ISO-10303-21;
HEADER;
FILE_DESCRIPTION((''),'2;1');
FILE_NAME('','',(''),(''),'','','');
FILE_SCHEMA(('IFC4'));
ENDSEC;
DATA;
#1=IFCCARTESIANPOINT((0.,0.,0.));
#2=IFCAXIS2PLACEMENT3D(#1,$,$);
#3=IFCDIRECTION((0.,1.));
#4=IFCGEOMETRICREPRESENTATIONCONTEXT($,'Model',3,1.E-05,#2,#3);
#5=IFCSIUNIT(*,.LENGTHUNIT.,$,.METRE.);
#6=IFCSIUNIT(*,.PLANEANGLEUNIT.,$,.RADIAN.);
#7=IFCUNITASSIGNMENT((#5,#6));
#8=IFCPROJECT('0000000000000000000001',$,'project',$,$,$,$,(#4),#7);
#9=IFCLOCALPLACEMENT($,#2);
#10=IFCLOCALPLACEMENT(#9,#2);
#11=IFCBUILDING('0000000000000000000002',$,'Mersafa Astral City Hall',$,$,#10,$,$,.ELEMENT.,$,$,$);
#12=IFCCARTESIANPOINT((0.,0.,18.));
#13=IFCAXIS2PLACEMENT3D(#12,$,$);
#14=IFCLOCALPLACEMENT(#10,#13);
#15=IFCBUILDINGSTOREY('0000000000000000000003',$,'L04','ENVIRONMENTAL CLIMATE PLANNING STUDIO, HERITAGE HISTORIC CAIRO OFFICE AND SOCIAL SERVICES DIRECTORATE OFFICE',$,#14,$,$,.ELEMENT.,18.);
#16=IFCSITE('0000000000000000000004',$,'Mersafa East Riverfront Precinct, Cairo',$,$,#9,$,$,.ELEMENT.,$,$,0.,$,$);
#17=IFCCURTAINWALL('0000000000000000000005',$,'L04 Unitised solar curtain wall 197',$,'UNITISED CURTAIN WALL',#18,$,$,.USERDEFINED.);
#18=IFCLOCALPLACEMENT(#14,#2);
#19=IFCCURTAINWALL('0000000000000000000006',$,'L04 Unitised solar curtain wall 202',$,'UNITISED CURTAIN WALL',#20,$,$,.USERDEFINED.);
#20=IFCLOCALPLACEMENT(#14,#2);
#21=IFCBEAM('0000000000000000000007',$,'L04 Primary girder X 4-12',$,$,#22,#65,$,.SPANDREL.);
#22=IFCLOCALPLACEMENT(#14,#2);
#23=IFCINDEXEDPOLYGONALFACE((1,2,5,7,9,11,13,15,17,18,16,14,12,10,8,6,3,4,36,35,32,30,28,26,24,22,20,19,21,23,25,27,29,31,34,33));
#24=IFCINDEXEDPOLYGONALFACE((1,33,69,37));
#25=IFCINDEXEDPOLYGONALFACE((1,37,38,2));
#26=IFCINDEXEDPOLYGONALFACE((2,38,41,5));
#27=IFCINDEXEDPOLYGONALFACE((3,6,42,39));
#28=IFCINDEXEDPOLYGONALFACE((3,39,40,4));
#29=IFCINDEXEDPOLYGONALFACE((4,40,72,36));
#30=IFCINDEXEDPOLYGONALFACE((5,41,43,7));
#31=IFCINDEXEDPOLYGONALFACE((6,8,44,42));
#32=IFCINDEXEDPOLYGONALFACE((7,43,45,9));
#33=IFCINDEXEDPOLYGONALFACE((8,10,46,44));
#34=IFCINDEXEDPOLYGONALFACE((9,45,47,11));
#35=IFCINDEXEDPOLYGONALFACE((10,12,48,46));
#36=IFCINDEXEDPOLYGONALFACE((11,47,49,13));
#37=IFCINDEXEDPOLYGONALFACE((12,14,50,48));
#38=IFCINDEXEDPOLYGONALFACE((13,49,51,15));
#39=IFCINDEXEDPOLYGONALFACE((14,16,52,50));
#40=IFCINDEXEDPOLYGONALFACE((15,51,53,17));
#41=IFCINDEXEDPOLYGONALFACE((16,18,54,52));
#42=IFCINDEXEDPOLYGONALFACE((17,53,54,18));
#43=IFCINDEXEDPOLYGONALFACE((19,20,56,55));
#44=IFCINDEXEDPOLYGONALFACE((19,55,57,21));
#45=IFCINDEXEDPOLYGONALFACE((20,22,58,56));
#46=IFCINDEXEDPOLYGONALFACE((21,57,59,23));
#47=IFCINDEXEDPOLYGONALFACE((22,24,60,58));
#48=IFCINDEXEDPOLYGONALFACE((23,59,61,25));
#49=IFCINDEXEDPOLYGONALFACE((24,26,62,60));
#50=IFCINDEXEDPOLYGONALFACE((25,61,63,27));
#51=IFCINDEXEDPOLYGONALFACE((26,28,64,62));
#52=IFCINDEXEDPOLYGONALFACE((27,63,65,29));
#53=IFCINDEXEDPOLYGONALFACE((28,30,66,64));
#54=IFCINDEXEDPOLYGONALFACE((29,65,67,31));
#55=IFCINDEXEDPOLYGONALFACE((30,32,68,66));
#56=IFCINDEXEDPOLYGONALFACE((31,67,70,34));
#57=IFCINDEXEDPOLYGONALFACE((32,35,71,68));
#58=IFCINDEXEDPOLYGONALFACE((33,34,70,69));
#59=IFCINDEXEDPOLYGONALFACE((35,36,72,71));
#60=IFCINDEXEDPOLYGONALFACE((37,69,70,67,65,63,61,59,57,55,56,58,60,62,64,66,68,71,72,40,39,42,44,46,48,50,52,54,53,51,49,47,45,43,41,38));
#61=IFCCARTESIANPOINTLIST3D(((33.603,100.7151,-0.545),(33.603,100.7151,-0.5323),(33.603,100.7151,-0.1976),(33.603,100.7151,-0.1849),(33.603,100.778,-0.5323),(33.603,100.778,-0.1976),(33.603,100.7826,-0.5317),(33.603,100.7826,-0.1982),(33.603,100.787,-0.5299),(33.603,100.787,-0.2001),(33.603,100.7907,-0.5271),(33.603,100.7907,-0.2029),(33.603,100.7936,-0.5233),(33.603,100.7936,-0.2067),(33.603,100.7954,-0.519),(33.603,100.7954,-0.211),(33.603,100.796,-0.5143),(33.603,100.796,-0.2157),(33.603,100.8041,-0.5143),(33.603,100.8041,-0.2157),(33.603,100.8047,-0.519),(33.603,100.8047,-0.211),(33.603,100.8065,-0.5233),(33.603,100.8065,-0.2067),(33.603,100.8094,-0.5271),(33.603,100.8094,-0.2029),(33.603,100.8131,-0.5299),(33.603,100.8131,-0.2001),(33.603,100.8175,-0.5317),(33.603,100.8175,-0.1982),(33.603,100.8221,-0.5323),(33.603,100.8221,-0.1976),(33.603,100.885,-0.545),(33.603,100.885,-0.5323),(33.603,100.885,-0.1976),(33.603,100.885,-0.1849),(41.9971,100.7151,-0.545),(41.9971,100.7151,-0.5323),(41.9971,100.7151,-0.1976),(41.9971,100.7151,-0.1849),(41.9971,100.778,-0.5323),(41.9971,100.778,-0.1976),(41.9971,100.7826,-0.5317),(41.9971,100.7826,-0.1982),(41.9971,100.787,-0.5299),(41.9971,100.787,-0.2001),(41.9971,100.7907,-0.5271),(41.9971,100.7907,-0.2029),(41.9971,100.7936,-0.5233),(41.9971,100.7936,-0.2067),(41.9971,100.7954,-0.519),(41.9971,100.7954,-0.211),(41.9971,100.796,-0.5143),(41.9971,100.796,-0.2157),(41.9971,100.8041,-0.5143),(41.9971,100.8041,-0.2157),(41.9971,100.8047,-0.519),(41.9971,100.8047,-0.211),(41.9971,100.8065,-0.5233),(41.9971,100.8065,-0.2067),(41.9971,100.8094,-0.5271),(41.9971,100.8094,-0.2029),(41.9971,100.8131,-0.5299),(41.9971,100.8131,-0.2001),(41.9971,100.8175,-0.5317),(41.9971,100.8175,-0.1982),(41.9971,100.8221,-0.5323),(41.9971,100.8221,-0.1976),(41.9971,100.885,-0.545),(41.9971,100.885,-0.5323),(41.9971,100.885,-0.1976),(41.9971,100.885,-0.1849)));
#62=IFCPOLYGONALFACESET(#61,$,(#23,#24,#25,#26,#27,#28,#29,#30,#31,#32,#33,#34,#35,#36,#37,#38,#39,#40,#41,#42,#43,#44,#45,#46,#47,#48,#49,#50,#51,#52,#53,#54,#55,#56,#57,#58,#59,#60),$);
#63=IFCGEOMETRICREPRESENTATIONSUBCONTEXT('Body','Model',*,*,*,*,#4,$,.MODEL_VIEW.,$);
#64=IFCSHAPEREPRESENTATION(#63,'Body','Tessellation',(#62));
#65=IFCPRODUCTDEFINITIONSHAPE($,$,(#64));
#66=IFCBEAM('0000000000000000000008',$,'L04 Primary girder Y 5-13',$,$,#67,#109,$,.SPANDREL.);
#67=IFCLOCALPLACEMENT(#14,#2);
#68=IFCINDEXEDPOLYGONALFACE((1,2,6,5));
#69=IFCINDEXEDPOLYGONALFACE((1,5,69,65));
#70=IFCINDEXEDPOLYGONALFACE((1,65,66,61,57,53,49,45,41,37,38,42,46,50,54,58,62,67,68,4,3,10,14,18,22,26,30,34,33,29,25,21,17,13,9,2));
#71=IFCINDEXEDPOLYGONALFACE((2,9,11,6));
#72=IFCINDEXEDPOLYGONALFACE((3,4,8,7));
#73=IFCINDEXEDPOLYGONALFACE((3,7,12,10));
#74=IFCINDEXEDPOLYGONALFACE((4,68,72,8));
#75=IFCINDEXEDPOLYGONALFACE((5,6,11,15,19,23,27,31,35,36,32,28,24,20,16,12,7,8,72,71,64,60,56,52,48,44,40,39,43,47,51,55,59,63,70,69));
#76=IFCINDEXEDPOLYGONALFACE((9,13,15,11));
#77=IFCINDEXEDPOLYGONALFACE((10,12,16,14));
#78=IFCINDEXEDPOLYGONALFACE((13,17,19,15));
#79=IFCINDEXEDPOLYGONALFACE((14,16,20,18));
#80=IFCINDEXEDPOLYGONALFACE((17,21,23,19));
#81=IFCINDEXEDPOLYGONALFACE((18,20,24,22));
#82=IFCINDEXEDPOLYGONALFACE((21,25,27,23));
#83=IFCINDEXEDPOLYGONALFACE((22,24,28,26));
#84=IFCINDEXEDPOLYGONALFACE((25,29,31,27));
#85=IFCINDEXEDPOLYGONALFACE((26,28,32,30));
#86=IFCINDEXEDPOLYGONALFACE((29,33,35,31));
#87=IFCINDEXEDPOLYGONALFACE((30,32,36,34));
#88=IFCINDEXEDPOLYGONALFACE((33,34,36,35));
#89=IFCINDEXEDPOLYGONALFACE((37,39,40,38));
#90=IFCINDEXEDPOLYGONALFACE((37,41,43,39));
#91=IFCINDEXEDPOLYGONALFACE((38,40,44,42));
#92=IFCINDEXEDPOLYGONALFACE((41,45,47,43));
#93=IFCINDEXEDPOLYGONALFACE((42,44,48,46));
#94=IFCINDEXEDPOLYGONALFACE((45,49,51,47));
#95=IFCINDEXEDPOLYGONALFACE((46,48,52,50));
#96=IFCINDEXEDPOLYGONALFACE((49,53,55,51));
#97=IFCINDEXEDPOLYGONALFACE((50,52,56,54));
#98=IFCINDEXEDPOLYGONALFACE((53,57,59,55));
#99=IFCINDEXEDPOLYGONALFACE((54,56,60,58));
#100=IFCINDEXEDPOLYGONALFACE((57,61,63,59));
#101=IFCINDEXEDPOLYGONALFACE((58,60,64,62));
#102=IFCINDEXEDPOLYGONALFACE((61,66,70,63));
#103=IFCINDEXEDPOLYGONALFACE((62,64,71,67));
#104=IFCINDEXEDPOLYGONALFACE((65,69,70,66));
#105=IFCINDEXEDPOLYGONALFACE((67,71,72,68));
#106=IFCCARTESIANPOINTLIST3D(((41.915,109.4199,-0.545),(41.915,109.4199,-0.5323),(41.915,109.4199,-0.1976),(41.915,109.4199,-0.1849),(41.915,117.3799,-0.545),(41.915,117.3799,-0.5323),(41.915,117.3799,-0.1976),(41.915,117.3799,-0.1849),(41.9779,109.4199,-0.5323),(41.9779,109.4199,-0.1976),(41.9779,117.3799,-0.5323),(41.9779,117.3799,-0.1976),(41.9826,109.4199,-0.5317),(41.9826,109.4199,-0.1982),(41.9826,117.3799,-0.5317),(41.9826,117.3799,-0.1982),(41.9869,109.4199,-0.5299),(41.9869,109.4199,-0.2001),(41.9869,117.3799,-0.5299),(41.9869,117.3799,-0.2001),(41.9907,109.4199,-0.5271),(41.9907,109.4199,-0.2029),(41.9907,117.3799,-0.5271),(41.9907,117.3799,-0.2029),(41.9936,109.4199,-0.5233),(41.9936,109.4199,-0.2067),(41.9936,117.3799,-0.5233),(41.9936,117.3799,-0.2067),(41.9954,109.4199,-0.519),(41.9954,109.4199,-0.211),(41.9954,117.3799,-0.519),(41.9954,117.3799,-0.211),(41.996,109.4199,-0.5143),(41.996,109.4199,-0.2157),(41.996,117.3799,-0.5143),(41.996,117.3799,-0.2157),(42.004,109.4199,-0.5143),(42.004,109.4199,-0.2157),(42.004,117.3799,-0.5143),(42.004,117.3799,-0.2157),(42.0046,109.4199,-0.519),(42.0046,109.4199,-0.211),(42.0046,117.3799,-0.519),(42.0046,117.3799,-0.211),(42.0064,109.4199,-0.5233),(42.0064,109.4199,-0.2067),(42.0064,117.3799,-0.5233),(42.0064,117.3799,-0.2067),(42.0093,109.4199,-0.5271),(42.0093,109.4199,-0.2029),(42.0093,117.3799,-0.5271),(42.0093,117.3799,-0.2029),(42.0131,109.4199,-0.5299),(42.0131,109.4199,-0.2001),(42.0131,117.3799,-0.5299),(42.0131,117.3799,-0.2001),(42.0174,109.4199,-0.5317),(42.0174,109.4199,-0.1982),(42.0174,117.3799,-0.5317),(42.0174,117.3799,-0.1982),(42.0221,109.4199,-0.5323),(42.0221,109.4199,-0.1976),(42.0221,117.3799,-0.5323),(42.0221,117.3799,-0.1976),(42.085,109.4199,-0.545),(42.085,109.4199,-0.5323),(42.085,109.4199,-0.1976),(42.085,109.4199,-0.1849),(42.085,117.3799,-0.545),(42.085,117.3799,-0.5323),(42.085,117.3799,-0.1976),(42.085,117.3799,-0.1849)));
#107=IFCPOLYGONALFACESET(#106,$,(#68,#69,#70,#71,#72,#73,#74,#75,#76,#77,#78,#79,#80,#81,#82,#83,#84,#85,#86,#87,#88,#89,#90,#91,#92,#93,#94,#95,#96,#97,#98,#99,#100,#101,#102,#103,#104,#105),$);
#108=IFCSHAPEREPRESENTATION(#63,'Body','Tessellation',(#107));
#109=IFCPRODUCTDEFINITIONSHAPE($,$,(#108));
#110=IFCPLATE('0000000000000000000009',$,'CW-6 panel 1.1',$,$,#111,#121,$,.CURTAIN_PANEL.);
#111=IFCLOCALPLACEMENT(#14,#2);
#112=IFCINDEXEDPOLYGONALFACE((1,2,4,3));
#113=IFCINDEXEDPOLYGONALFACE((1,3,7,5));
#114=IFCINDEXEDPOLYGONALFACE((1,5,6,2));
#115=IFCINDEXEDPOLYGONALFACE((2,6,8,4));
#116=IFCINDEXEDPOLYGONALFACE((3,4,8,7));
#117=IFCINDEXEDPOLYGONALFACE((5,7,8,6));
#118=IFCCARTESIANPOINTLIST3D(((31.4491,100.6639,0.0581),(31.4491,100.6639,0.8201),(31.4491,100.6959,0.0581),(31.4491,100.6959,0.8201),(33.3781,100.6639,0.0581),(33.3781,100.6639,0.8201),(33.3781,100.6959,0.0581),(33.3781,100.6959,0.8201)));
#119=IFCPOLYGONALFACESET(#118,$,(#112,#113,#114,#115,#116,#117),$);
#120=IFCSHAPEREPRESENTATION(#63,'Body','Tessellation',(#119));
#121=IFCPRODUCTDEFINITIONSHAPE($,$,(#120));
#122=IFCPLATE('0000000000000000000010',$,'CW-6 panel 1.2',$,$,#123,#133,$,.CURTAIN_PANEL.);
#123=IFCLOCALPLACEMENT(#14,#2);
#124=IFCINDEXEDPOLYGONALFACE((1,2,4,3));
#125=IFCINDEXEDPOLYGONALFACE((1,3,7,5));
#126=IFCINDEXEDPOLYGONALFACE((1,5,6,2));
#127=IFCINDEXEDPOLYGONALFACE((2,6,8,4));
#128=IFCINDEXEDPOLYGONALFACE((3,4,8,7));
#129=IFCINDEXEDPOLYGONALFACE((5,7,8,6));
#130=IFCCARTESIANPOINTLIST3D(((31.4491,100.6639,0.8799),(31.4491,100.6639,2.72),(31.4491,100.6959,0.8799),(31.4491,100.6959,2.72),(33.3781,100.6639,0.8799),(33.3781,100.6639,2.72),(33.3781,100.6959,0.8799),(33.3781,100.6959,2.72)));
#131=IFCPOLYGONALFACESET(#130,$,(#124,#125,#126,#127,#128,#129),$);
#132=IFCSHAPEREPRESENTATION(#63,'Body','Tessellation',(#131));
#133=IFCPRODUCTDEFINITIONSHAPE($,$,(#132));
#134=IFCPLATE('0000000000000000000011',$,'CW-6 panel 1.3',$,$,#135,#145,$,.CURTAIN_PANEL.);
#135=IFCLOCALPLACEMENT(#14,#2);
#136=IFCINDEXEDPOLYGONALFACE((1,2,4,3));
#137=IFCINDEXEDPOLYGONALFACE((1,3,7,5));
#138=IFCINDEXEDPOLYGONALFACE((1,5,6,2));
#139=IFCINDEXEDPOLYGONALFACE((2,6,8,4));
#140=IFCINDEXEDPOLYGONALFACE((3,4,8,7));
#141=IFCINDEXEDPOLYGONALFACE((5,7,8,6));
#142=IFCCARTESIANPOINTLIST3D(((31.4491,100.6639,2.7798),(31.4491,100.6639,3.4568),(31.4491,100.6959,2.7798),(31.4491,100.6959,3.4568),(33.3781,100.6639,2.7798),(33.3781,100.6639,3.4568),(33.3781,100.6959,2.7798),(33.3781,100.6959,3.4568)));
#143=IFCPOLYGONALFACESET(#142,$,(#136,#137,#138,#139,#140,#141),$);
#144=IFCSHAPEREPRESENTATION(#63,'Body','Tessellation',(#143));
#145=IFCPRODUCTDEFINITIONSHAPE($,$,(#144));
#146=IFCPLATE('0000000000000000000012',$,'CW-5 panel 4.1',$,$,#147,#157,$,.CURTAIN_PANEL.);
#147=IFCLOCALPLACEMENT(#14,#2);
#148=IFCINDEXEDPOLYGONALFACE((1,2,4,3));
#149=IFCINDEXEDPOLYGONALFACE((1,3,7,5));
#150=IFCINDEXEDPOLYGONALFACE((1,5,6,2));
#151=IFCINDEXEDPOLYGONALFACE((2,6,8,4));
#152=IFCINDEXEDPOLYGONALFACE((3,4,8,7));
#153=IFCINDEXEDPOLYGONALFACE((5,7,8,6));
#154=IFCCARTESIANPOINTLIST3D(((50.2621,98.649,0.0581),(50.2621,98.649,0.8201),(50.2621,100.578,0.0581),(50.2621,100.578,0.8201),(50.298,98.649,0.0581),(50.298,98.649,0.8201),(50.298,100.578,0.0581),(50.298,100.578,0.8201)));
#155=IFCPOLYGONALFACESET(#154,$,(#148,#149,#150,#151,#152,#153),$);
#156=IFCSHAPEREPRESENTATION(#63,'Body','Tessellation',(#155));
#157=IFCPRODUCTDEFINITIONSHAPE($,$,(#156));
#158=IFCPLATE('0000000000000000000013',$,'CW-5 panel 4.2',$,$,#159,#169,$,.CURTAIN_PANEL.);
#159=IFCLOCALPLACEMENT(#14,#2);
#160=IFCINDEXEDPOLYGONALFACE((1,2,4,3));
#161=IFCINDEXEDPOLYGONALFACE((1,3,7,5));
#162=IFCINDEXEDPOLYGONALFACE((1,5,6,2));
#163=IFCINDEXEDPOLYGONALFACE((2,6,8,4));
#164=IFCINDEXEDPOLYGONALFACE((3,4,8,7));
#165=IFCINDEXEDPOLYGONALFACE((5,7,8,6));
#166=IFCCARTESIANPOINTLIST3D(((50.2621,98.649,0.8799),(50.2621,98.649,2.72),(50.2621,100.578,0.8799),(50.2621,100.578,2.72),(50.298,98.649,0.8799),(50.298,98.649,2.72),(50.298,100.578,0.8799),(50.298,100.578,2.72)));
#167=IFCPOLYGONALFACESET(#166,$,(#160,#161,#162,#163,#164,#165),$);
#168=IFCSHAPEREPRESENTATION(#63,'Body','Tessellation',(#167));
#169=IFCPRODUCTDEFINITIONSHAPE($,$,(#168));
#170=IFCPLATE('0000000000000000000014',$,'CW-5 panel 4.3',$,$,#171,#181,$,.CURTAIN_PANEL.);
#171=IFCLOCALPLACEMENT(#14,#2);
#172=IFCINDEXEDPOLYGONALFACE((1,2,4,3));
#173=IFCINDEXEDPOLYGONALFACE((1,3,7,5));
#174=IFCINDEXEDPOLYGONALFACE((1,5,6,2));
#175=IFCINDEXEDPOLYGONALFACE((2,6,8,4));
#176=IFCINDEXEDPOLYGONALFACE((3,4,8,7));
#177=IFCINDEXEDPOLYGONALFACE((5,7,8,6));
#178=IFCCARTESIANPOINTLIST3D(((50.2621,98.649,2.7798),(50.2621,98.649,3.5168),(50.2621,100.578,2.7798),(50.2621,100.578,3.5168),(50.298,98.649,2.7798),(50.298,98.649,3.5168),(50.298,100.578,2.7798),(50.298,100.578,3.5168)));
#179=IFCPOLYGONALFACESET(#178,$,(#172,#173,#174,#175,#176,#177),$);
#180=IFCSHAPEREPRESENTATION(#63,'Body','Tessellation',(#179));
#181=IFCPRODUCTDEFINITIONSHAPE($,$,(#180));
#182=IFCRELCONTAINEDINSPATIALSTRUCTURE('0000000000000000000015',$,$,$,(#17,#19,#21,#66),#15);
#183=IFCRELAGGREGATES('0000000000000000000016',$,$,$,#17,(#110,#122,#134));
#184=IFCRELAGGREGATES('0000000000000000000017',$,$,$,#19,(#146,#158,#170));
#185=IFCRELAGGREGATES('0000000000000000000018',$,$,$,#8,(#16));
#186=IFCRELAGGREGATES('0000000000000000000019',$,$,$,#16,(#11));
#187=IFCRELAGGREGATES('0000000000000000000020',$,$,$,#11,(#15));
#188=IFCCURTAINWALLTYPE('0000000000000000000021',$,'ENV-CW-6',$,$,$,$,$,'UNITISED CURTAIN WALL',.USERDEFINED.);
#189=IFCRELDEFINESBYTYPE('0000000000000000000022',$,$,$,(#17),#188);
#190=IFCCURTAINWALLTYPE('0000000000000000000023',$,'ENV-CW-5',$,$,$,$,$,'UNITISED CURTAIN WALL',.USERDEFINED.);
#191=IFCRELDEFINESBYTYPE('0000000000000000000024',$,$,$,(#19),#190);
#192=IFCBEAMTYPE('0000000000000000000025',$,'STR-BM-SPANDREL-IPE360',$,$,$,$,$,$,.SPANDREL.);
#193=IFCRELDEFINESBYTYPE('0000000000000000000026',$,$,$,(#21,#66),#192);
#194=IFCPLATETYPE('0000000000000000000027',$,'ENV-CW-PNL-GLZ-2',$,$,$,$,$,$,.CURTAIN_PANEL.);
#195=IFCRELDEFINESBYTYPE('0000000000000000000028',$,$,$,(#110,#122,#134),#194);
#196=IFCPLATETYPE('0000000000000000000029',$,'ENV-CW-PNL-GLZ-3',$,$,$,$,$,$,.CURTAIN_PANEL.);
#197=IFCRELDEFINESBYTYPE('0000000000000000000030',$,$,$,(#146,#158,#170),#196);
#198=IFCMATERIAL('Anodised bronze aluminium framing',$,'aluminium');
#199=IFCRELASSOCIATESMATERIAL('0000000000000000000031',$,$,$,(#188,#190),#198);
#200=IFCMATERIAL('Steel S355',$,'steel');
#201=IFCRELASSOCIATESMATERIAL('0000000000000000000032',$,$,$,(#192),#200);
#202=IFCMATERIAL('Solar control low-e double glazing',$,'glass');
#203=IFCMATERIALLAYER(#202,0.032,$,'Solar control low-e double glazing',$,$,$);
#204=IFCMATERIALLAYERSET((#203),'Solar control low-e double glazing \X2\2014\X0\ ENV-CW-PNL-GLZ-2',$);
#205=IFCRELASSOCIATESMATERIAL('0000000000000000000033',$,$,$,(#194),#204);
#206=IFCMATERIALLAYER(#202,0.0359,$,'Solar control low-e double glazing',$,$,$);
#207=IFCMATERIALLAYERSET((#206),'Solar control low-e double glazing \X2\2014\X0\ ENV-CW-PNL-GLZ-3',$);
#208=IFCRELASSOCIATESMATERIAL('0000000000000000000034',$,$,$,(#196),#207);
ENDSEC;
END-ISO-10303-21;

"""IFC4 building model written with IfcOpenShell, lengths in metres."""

from ifc_helpers import new_model, si_unit, direction, frame, origin, origin_2d, place, context, subcontext, project, spatial, rectangle, i_section, extrude, material, layer, layer_set, material_profile, profile_set, type_object, element, aggregate, save


model = new_model("IFC4")

# Units and contexts
model_context = context("Model", 3, precision=1e-05, world=origin(), true_north=direction((0.0, 1.0)))
body_context = subcontext(model_context, "Body", "Model", "MODEL_VIEW")
ifc_project = project(units=[si_unit("LENGTHUNIT", "METRE"), si_unit("PLANEANGLEUNIT", "RADIAN")], contexts=[model_context])

# Site, building, storey
site_placement = place(None, origin())
site = spatial("IfcSite", under=ifc_project, at=site_placement, Name="Mersafa East Riverfront Precinct, Cairo", CompositionType="ELEMENT", RefElevation=0.0)
building_placement = place(site_placement, origin())
building = spatial("IfcBuilding", under=site, at=building_placement, Name="Mersafa Astral City Hall", CompositionType="ELEMENT")
storey_placement = place(building_placement, frame((0.0, 0.0, 18.0)))
storey = spatial("IfcBuildingStorey", under=building, at=storey_placement, Name="L04", Description="ENVIRONMENTAL CLIMATE PLANNING STUDIO, HERITAGE HISTORIC CAIRO OFFICE AND SOCIAL SERVICES DIRECTORATE OFFICE", CompositionType="ELEMENT", Elevation=18.0)

# Shared definitions
ifc_material_1 = material(Name="Steel S355", Category="steel")

# Curtain wall
ifc_material_2 = material(Name="Anodised bronze aluminium framing", Category="aluminium")
curtain_wall_type_1 = type_object("IfcCurtainWallType", Name="ENV-CW-6", ElementType="UNITISED CURTAIN WALL", PredefinedType="USERDEFINED", material=ifc_material_2)
curtain_wall_1_placement = place(storey_placement, origin())
curtain_wall_1 = element("IfcCurtainWall", 1, at=curtain_wall_1_placement, inside=storey, type_object=curtain_wall_type_1, Name="L04 Unitised solar curtain wall 197", ObjectType="UNITISED CURTAIN WALL", PredefinedType="USERDEFINED")

# Curtain wall
curtain_wall_type_2 = type_object("IfcCurtainWallType", Name="ENV-CW-5", ElementType="UNITISED CURTAIN WALL", PredefinedType="USERDEFINED", material=ifc_material_2)
curtain_wall_2_placement = place(storey_placement, origin())
curtain_wall_2 = element("IfcCurtainWall", 2, at=curtain_wall_2_placement, inside=storey, type_object=curtain_wall_type_2, Name="L04 Unitised solar curtain wall 202", ObjectType="UNITISED CURTAIN WALL", PredefinedType="USERDEFINED")

# Beams
ifc_material_profile_1 = material_profile(ifc_material_1, i_section(OverallWidth=0.1699, OverallDepth=0.3601, WebThickness=0.0081, FlangeThickness=0.0127, FilletRadius=0.0181, at=origin_2d()), Name="IPE 360")
ifc_profile_set_1 = profile_set([ifc_material_profile_1], Name="Steel S355")
beam_type_1 = type_object("IfcBeamType", Name="STR-BM-SPANDREL-IPE360", PredefinedType="SPANDREL", material=ifc_profile_set_1)
beam_1_placement = place(storey_placement, frame((33.603, 100.8, -0.365), z_axis=(1.0, 0.0, 0.0), x_axis=(0.0, 1.0, 0.0)))
element("IfcBeam", 3, at=beam_1_placement, inside=storey, type_object=beam_type_1, Name="L04 Primary girder X 4-12", PredefinedType="SPANDREL", context=body_context, shape_type="SweptSolid", body=[
    extrude(i_section(OverallWidth=0.1699, OverallDepth=0.3601, WebThickness=0.0081, FlangeThickness=0.0127, FilletRadius=0.0181, at=origin_2d()), origin(), (0.0, 0.0, 1.0), 8.394),
])
beam_2_placement = place(storey_placement, frame((42.0, 109.4199, -0.365), z_axis=(0.0, 1.0, 0.0), x_axis=(-1.0, 0.0, 0.0)))
element("IfcBeam", 4, at=beam_2_placement, inside=storey, type_object=beam_type_1, Name="L04 Primary girder Y 5-13", PredefinedType="SPANDREL", context=body_context, shape_type="SweptSolid", body=[
    extrude(i_section(OverallWidth=0.1699, OverallDepth=0.3601, WebThickness=0.0081, FlangeThickness=0.0127, FilletRadius=0.0181, at=origin_2d()), origin(), (0.0, 0.0, 1.0), 7.96),
])

# Plates
ifc_material_3 = material(Name="Solar control low-e double glazing", Category="glass")
ifc_layer_1 = layer(ifc_material_3, 0.032, Name="Solar control low-e double glazing")
ifc_layer_set_1 = layer_set([ifc_layer_1], Name="Solar control low-e double glazing — ENV-CW-PNL-GLZ-2")
plate_type_1 = type_object("IfcPlateType", Name="ENV-CW-PNL-GLZ-2", PredefinedType="CURTAIN_PANEL", material=ifc_layer_set_1)
plate_1_placement = place(storey_placement, frame((32.4136, 100.6799, 0.0581), z_axis=(0.0, 0.0, 1.0), x_axis=(-1.0, 0.0, 0.0)))
plate_1 = element("IfcPlate", 5, at=plate_1_placement, type_object=plate_type_1, Name="CW-6 panel 1.1", PredefinedType="CURTAIN_PANEL", context=body_context, shape_type="SweptSolid", body=[
    extrude(rectangle(XDim=1.929, YDim=0.032, at=origin_2d()), origin(), (0.0, 0.0, 1.0), 0.762),
])
plate_2_placement = place(storey_placement, frame((32.4136, 100.6799, 0.8799), z_axis=(0.0, 0.0, 1.0), x_axis=(-1.0, 0.0, 0.0)))
plate_2 = element("IfcPlate", 6, at=plate_2_placement, type_object=plate_type_1, Name="CW-6 panel 1.2", PredefinedType="CURTAIN_PANEL", context=body_context, shape_type="SweptSolid", body=[
    extrude(rectangle(XDim=1.929, YDim=0.032, at=origin_2d()), origin(), (0.0, 0.0, 1.0), 1.8401),
])
plate_3_placement = place(storey_placement, frame((32.4136, 100.6799, 2.7798), z_axis=(0.0, 0.0, 1.0), x_axis=(-1.0, 0.0, 0.0)))
plate_3 = element("IfcPlate", 7, at=plate_3_placement, type_object=plate_type_1, Name="CW-6 panel 1.3", PredefinedType="CURTAIN_PANEL", context=body_context, shape_type="SweptSolid", body=[
    extrude(rectangle(XDim=1.929, YDim=0.032, at=origin_2d()), origin(), (0.0, 0.0, 1.0), 0.677),
])
aggregate(curtain_wall_1, [plate_1, plate_2, plate_3])
ifc_layer_2 = layer(ifc_material_3, 0.0359, Name="Solar control low-e double glazing")
ifc_layer_set_2 = layer_set([ifc_layer_2], Name="Solar control low-e double glazing — ENV-CW-PNL-GLZ-3")
plate_type_2 = type_object("IfcPlateType", Name="ENV-CW-PNL-GLZ-3", PredefinedType="CURTAIN_PANEL", material=ifc_layer_set_2)
plate_4_placement = place(storey_placement, frame((50.28, 99.6135, 0.0581), z_axis=(0.0, 0.0, 1.0), x_axis=(0.0, 1.0, 0.0)))
plate_4 = element("IfcPlate", 8, at=plate_4_placement, type_object=plate_type_2, Name="CW-5 panel 4.1", PredefinedType="CURTAIN_PANEL", context=body_context, shape_type="SweptSolid", body=[
    extrude(rectangle(XDim=1.929, YDim=0.0359, at=origin_2d()), origin(), (0.0, 0.0, 1.0), 0.762),
])
plate_5_placement = place(storey_placement, frame((50.28, 99.6135, 0.8799), z_axis=(0.0, 0.0, 1.0), x_axis=(0.0, 1.0, 0.0)))
plate_5 = element("IfcPlate", 9, at=plate_5_placement, type_object=plate_type_2, Name="CW-5 panel 4.2", PredefinedType="CURTAIN_PANEL", context=body_context, shape_type="SweptSolid", body=[
    extrude(rectangle(XDim=1.929, YDim=0.0359, at=origin_2d()), origin(), (0.0, 0.0, 1.0), 1.8401),
])
plate_6_placement = place(storey_placement, frame((50.28, 99.6135, 2.7798), z_axis=(0.0, 0.0, 1.0), x_axis=(0.0, 1.0, 0.0)))
plate_6 = element("IfcPlate", 10, at=plate_6_placement, type_object=plate_type_2, Name="CW-5 panel 4.3", PredefinedType="CURTAIN_PANEL", context=body_context, shape_type="SweptSolid", body=[
    extrude(rectangle(XDim=1.929, YDim=0.0359, at=origin_2d()), origin(), (0.0, 0.0, 1.0), 0.7371),
])
aggregate(curtain_wall_2, [plate_4, plate_5, plate_6])

save(model, "model.ifc")
